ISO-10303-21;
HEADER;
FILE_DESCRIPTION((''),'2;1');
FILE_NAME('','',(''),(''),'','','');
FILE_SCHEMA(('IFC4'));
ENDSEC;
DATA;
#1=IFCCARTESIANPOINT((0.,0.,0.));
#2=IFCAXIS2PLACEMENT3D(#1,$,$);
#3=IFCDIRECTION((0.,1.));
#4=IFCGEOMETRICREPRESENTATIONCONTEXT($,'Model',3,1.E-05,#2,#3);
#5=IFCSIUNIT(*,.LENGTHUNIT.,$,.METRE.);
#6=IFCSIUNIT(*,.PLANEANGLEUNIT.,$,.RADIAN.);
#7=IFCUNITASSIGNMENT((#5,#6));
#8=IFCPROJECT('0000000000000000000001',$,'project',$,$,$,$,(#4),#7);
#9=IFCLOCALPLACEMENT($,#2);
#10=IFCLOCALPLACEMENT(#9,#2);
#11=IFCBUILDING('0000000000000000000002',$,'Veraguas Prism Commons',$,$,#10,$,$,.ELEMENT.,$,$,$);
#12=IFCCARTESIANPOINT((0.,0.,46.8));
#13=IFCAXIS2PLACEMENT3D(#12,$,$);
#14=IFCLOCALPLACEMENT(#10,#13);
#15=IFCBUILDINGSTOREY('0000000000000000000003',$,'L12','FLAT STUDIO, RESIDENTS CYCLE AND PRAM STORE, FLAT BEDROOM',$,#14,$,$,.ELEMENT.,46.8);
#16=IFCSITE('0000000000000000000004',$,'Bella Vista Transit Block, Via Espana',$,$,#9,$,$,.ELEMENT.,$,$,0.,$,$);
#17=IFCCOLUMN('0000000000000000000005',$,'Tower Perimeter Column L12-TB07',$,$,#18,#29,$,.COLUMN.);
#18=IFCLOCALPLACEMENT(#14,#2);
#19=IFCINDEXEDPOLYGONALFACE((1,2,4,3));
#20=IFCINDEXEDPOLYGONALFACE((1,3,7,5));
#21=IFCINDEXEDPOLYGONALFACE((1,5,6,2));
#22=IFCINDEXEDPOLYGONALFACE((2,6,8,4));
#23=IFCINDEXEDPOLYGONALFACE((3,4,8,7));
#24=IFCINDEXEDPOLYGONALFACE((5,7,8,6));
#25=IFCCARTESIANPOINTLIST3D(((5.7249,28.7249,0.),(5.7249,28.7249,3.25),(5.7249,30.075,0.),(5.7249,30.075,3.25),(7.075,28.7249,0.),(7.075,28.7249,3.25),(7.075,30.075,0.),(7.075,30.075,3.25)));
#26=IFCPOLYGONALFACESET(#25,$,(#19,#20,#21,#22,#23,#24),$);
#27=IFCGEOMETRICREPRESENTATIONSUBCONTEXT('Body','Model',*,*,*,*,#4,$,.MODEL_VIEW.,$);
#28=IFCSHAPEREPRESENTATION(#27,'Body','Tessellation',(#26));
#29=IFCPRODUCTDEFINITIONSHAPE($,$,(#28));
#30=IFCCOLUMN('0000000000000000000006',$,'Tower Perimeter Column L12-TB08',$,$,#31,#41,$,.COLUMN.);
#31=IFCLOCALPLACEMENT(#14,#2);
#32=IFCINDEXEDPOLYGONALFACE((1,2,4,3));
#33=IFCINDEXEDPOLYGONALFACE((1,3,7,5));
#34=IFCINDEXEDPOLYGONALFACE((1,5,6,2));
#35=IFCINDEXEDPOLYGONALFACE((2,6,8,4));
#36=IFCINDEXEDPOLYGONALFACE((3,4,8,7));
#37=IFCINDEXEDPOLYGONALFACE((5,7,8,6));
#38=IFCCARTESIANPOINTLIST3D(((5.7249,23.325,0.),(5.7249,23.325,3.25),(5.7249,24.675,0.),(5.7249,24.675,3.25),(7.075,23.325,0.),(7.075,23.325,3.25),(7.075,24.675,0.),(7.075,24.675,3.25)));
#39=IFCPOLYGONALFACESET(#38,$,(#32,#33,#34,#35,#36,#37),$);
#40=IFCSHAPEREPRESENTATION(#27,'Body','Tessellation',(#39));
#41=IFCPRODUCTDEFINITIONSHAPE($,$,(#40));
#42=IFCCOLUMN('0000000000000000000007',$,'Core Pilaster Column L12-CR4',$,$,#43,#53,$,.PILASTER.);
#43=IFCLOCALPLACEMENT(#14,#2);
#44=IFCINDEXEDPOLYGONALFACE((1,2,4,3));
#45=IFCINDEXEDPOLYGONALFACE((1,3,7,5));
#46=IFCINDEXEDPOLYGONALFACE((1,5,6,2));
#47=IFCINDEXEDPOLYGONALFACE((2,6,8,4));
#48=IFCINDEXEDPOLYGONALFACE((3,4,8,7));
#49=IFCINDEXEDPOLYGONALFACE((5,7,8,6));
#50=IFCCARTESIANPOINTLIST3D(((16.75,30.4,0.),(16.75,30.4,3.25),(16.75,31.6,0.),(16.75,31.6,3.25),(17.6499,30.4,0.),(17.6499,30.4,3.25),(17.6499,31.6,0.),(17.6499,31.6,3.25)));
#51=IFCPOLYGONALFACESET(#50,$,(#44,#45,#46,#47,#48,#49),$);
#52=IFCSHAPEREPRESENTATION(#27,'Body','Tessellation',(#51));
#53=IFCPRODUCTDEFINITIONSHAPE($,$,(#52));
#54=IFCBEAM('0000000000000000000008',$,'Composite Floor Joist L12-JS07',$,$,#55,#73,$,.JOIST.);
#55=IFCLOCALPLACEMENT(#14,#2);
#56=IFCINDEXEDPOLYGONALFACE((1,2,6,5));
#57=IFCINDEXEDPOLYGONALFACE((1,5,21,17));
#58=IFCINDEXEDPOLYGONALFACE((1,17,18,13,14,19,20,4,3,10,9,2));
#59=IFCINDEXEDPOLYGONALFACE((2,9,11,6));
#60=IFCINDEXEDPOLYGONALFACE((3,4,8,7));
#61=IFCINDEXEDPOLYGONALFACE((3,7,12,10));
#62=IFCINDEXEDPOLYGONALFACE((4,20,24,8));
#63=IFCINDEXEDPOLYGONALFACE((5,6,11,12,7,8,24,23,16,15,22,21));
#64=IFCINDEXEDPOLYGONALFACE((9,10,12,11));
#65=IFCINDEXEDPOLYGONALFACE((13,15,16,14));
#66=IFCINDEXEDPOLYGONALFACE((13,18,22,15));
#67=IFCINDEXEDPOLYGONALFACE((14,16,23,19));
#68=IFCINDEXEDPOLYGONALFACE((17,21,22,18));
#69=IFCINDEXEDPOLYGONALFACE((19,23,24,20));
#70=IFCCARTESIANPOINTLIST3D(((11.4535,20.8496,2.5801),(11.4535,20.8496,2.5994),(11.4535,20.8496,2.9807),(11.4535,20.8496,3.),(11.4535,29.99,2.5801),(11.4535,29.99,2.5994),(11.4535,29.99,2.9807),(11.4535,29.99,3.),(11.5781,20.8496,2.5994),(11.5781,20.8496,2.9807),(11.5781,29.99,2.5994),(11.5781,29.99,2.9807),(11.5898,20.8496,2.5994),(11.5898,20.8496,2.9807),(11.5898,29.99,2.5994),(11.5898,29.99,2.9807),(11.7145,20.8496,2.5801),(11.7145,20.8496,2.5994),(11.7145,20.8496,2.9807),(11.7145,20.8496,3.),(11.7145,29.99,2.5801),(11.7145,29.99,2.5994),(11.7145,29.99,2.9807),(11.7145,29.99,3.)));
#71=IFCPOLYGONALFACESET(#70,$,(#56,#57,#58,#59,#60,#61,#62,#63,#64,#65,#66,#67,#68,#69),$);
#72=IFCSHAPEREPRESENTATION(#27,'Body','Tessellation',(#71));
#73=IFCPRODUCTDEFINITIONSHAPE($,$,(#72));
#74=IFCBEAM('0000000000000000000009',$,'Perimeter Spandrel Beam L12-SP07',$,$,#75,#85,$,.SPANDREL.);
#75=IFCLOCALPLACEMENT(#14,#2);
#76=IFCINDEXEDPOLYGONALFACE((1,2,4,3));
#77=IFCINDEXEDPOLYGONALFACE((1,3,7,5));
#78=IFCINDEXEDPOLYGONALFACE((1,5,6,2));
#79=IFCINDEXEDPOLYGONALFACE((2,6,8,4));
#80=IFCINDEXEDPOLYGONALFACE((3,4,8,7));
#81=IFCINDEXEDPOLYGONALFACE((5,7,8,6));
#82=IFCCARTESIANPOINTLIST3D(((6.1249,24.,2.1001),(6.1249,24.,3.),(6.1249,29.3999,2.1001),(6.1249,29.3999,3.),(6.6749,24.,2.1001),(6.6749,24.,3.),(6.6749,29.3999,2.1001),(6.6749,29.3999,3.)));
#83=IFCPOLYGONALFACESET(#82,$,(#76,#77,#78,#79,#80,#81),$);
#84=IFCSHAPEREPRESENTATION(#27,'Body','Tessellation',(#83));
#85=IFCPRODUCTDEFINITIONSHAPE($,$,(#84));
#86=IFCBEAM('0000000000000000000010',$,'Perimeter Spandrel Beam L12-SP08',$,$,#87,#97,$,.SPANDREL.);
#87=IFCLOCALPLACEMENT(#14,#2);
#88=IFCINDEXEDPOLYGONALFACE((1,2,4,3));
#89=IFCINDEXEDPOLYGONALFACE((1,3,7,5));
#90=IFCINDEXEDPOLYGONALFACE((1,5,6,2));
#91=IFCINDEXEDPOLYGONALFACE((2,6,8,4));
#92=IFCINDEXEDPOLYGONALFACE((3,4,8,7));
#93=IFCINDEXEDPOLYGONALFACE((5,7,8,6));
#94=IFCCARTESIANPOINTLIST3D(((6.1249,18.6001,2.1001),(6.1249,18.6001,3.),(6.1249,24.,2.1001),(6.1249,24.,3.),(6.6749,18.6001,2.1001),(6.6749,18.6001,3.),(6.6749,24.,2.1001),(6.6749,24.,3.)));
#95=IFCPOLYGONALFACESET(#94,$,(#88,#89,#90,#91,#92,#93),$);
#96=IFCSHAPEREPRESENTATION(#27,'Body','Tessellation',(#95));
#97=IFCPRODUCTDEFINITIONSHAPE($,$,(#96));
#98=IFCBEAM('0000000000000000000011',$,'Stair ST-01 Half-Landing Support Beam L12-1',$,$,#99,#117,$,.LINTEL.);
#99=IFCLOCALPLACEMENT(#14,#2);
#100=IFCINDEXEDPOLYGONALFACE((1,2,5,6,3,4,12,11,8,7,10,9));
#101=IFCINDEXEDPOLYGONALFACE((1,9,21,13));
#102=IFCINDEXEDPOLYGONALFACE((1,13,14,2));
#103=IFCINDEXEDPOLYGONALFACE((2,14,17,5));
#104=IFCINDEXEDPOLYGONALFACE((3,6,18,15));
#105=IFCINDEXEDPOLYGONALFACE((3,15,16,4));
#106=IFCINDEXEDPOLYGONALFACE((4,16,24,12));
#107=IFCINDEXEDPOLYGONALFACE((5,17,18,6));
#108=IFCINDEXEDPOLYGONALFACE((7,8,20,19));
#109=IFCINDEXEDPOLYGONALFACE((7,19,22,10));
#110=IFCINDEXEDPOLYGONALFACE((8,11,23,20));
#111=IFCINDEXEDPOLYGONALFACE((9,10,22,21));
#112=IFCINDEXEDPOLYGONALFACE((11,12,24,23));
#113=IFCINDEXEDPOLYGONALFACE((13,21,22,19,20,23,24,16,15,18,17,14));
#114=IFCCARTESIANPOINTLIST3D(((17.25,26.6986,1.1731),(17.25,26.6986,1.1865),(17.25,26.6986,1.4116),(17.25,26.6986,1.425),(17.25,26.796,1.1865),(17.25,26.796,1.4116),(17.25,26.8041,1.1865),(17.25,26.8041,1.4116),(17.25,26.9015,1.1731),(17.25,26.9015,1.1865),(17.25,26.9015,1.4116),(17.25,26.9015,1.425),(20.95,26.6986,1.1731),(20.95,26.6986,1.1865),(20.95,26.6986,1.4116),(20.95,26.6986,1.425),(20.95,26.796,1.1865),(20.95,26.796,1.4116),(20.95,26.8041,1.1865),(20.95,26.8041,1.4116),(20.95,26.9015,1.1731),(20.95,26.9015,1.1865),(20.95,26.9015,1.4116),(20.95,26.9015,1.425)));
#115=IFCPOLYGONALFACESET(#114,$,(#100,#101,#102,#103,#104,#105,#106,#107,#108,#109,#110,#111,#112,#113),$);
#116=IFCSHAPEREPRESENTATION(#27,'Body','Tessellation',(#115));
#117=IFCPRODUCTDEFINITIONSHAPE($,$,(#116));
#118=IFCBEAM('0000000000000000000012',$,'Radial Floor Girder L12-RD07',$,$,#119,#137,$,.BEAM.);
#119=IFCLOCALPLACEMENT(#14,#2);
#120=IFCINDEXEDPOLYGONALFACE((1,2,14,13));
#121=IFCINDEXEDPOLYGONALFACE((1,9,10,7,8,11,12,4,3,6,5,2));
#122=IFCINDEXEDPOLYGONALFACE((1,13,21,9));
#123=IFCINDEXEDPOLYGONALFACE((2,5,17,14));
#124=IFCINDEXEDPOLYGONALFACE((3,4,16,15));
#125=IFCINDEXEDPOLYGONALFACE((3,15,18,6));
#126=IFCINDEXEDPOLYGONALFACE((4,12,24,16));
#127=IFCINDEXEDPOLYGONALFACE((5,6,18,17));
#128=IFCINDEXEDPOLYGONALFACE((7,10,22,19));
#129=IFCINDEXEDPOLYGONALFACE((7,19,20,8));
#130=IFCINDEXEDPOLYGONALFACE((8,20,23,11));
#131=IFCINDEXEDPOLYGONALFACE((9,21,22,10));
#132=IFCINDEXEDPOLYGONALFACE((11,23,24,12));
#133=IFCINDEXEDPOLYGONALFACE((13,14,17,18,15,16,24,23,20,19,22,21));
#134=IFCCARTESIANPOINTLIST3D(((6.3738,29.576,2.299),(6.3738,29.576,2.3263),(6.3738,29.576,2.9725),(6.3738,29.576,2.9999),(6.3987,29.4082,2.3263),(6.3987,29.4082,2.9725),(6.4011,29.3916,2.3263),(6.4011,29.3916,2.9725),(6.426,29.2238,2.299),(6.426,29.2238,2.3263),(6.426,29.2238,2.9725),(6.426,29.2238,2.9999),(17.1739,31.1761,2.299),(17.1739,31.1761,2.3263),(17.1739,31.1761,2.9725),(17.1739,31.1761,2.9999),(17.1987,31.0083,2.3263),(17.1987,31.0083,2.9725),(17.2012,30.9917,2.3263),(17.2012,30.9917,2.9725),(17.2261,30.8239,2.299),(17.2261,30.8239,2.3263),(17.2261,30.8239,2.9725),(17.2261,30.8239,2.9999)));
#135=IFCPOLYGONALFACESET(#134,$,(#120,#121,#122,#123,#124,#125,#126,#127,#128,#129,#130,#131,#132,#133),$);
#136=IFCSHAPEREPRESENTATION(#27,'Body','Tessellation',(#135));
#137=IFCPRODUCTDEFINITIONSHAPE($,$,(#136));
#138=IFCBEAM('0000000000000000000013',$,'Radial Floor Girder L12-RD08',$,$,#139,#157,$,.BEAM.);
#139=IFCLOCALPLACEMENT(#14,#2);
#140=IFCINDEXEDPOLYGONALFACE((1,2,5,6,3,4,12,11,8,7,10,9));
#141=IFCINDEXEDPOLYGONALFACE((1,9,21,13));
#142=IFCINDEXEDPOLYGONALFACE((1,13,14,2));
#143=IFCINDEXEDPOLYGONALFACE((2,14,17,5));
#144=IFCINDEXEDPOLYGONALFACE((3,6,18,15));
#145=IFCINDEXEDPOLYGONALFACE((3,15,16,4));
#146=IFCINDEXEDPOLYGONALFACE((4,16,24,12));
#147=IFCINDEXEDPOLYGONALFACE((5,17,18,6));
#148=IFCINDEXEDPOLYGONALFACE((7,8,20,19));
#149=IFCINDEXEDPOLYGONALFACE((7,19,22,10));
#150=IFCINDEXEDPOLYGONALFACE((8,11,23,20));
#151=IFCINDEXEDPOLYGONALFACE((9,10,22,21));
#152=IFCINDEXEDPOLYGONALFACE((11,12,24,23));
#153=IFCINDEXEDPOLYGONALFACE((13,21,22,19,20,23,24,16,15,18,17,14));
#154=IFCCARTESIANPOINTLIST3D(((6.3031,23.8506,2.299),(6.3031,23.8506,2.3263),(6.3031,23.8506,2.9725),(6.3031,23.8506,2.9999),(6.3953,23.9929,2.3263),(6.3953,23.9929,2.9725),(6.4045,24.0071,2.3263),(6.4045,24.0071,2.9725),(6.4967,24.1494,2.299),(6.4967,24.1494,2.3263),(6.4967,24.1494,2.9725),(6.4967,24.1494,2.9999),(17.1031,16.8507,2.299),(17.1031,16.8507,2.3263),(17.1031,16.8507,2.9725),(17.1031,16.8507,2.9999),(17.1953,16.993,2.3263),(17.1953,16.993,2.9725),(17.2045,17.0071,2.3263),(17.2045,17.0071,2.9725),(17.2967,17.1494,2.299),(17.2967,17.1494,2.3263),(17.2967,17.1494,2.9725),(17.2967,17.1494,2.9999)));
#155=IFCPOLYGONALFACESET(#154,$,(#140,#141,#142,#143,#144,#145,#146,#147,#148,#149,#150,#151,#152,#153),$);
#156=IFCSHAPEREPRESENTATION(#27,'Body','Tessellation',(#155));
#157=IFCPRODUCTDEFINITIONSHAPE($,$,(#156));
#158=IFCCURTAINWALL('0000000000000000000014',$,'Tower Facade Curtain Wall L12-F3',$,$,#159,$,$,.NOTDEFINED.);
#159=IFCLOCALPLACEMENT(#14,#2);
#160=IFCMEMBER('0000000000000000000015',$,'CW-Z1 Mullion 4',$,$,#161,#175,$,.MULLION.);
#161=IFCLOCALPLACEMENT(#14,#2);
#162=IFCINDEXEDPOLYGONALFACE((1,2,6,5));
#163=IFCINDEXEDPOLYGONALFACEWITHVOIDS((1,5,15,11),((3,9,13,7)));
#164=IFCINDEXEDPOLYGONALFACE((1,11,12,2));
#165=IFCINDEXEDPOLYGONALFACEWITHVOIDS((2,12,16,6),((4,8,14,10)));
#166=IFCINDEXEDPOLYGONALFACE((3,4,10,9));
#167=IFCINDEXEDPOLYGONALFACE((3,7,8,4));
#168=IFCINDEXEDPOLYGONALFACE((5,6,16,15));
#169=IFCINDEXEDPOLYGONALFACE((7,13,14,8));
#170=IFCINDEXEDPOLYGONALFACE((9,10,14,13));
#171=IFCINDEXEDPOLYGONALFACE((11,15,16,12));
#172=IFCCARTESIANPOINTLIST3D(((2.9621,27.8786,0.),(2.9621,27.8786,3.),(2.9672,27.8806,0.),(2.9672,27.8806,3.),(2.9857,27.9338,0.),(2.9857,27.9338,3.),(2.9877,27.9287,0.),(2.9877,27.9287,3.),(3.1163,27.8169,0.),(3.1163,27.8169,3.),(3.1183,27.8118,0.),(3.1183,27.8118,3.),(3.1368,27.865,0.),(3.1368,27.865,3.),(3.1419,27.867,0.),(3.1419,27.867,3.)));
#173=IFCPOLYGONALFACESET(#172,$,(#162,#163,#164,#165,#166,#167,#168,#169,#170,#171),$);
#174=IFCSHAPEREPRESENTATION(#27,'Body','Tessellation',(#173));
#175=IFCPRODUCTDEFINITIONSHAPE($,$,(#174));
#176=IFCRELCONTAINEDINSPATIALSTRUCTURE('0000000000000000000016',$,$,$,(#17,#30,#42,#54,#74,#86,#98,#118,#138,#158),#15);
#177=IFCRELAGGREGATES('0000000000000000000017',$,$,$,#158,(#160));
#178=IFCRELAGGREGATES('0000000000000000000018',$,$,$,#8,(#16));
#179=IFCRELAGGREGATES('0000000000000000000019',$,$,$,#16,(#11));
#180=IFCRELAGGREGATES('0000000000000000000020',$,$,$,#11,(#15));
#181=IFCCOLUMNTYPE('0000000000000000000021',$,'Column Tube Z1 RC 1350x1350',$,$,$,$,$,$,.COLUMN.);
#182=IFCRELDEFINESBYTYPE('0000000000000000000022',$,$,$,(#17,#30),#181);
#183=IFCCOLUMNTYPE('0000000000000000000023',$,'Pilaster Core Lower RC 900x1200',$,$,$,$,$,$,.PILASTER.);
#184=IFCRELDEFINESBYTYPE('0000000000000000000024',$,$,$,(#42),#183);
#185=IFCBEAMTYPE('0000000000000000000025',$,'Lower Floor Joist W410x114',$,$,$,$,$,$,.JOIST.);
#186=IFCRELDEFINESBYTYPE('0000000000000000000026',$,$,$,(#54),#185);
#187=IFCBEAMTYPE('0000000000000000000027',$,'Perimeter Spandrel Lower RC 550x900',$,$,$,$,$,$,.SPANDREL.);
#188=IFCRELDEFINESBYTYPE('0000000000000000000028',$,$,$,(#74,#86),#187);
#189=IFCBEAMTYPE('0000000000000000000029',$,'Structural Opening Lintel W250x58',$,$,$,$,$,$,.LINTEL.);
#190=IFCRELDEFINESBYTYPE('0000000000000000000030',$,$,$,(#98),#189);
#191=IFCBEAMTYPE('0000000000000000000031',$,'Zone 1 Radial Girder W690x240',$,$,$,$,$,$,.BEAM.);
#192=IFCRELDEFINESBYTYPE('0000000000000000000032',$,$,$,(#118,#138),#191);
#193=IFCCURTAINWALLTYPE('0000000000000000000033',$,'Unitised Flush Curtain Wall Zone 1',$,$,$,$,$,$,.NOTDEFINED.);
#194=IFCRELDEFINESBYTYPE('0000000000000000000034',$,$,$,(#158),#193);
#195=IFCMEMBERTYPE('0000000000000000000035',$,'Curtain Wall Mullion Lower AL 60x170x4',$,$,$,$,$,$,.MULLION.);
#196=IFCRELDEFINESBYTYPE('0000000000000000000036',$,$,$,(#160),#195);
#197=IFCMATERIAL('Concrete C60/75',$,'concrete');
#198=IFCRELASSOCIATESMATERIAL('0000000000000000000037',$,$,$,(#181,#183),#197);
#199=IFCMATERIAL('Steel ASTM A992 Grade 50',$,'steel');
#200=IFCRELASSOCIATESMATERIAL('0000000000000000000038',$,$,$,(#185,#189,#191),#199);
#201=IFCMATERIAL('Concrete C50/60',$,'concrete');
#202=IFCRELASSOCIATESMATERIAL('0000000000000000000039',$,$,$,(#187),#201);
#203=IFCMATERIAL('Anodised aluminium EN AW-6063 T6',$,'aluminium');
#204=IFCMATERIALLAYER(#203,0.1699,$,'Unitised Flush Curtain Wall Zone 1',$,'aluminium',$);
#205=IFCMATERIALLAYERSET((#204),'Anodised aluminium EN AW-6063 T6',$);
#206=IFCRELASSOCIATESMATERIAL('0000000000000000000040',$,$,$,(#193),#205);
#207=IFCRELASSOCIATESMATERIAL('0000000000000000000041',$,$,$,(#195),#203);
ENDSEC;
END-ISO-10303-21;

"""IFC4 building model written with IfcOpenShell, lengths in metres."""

from ifc_helpers import new_model, si_unit, direction, frame, origin, origin_2d, place, context, subcontext, project, spatial, rectangle, hollow_rectangle, i_section, extrude, source, transform, mapped, material, layer, layer_set, material_profile, profile_set, type_object, element, aggregate, save


model = new_model("IFC4")

# Units and contexts
model_context = context("Model", 3, precision=1e-05, world=origin(), true_north=direction((0.0, 1.0)))
body_context = subcontext(model_context, "Body", "Model", "MODEL_VIEW")
ifc_project = project(units=[si_unit("LENGTHUNIT", "METRE"), si_unit("PLANEANGLEUNIT", "RADIAN")], contexts=[model_context])

# Site, building, storey
site_placement = place(None, origin())
site = spatial("IfcSite", under=ifc_project, at=site_placement, Name="Bella Vista Transit Block, Via Espana", CompositionType="ELEMENT", RefElevation=0.0)
building_placement = place(site_placement, origin())
building = spatial("IfcBuilding", under=site, at=building_placement, Name="Veraguas Prism Commons", CompositionType="ELEMENT")
storey_placement = place(building_placement, frame((0.0, 0.0, 46.8)))
storey = spatial("IfcBuildingStorey", under=building, at=storey_placement, Name="L12", Description="FLAT STUDIO, RESIDENTS CYCLE AND PRAM STORE, FLAT BEDROOM", CompositionType="ELEMENT", Elevation=46.8)

# Columns
ifc_material_1 = material(Name="Concrete C60/75", Category="concrete")
ifc_material_profile_1 = material_profile(ifc_material_1, rectangle(XDim=1.3501, YDim=1.3501, at=origin_2d()), Name="RC1350X1350")
ifc_profile_set_1 = profile_set([ifc_material_profile_1], Name="Concrete C60/75")
column_type_1 = type_object("IfcColumnType", Name="Column Tube Z1 RC 1350x1350", PredefinedType="COLUMN", material=ifc_profile_set_1)
for number, where, z_axis, x_axis, name in (
    (1, (6.3999, 29.3999, 0.0), (0.0, 0.0, 1.0), (1.0, 0.0, 0.0), "Tower Perimeter Column L12-TB07"),
    (2, (6.3999, 24.0, 0.0), (0.0, 0.0, 1.0), (1.0, 0.0, 0.0), "Tower Perimeter Column L12-TB08"),
):
    element("IfcColumn", number, at=place(storey_placement, frame(where, z_axis=z_axis, x_axis=x_axis)), inside=storey, type_object=column_type_1, Name=name, PredefinedType="COLUMN", context=body_context, shape_type="SweptSolid", body=[
        extrude(rectangle(XDim=1.3501, YDim=1.3501, at=origin_2d()), origin(), (0.0, 0.0, 1.0), 3.25),
    ])
ifc_material_profile_2 = material_profile(ifc_material_1, rectangle(XDim=0.8999, YDim=1.2, at=origin_2d()), Name="RC900X1200")
ifc_profile_set_2 = profile_set([ifc_material_profile_2], Name="Concrete C60/75")
column_type_2 = type_object("IfcColumnType", Name="Pilaster Core Lower RC 900x1200", PredefinedType="PILASTER", material=ifc_profile_set_2)
column_placement = place(storey_placement, frame((17.2, 31.0, 0.0), z_axis=(0.0, 0.0, 1.0), x_axis=(1.0, 0.0, 0.0)))
element("IfcColumn", 3, at=column_placement, inside=storey, type_object=column_type_2, Name="Core Pilaster Column L12-CR4", PredefinedType="PILASTER", context=body_context, shape_type="SweptSolid", body=[
    extrude(rectangle(XDim=0.8999, YDim=1.2, at=origin_2d()), origin(), (0.0, 0.0, 1.0), 3.25),
])

# Beams
ifc_material_2 = material(Name="Steel ASTM A992 Grade 50", Category="steel")
ifc_material_profile_3 = material_profile(ifc_material_2, i_section(OverallWidth=0.261, OverallDepth=0.4199, WebThickness=0.0117, FlangeThickness=0.0193, at=origin_2d()), Name="W410X114")
ifc_profile_set_3 = profile_set([ifc_material_profile_3], Name="Steel ASTM A992 Grade 50")
beam_type_1 = type_object("IfcBeamType", Name="Lower Floor Joist W410x114", PredefinedType="JOIST", material=ifc_profile_set_3)
beam_1_placement = place(storey_placement, frame((11.584, 29.99, 2.79), z_axis=(0.0, -1.0, 0.0), x_axis=(1.0, 0.0, 0.0)))
element("IfcBeam", 4, at=beam_1_placement, inside=storey, type_object=beam_type_1, Name="Composite Floor Joist L12-JS07", PredefinedType="JOIST", context=body_context, shape_type="SweptSolid", body=[
    extrude(i_section(OverallWidth=0.261, OverallDepth=0.4199, WebThickness=0.0117, FlangeThickness=0.0193, at=origin_2d()), origin(), (0.0, 0.0, 1.0), 9.1404),
])
ifc_material_3 = material(Name="Concrete C50/60", Category="concrete")
ifc_material_profile_4 = material_profile(ifc_material_3, rectangle(XDim=0.55, YDim=0.8999, at=origin_2d()), Name="RC550X900")
ifc_profile_set_4 = profile_set([ifc_material_profile_4], Name="Concrete C50/60")
beam_type_2 = type_object("IfcBeamType", Name="Perimeter Spandrel Lower RC 550x900", PredefinedType="SPANDREL", material=ifc_profile_set_4)
for number, where, z_axis, x_axis, name in (
    (5, (6.3999, 29.3999, 2.55), (0.0, -1.0, 0.0), (1.0, 0.0, 0.0), "Perimeter Spandrel Beam L12-SP07"),
    (6, (6.3999, 24.0, 2.55), (0.0, -1.0, 0.0), (1.0, 0.0, 0.0), "Perimeter Spandrel Beam L12-SP08"),
):
    element("IfcBeam", number, at=place(storey_placement, frame(where, z_axis=z_axis, x_axis=x_axis)), inside=storey, type_object=beam_type_2, Name=name, PredefinedType="SPANDREL", context=body_context, shape_type="SweptSolid", body=[
        extrude(rectangle(XDim=0.55, YDim=0.8999, at=origin_2d()), origin(), (0.0, 0.0, 1.0), 5.3999),
    ])
ifc_material_profile_5 = material_profile(ifc_material_2, i_section(OverallWidth=0.2029, OverallDepth=0.252, WebThickness=0.0081, FlangeThickness=0.0134, at=origin_2d()), Name="W250X58")
ifc_profile_set_5 = profile_set([ifc_material_profile_5], Name="Steel ASTM A992 Grade 50")
beam_type_3 = type_object("IfcBeamType", Name="Structural Opening Lintel W250x58", PredefinedType="LINTEL", material=ifc_profile_set_5)
beam_2_placement = place(storey_placement, frame((17.25, 26.8, 1.2991), z_axis=(1.0, 0.0, 0.0), x_axis=(0.0, 1.0, 0.0)))
element("IfcBeam", 7, at=beam_2_placement, inside=storey, type_object=beam_type_3, Name="Stair ST-01 Half-Landing Support Beam L12-1", PredefinedType="LINTEL", context=body_context, shape_type="SweptSolid", body=[
    extrude(i_section(OverallWidth=0.2029, OverallDepth=0.252, WebThickness=0.0081, FlangeThickness=0.0134, at=origin_2d()), origin(), (0.0, 0.0, 1.0), 3.7),
])
ifc_material_profile_6 = material_profile(ifc_material_2, i_section(OverallWidth=0.356, OverallDepth=0.7009, WebThickness=0.0168, FlangeThickness=0.0273, at=origin_2d()), Name="W690X240")
ifc_profile_set_6 = profile_set([ifc_material_profile_6], Name="Steel ASTM A992 Grade 50")
beam_type_4 = type_object("IfcBeamType", Name="Zone 1 Radial Girder W690x240", PredefinedType="BEAM", material=ifc_profile_set_6)
beam_3_placement = place(storey_placement, frame((6.3999, 29.3999, 2.6494), z_axis=(0.989202, 0.146557, 0.0), x_axis=(-0.146557, 0.989202, 0.0)))
element("IfcBeam", 8, at=beam_3_placement, inside=storey, type_object=beam_type_4, Name="Radial Floor Girder L12-RD07", PredefinedType="BEAM", context=body_context, shape_type="SweptSolid", body=[
    extrude(i_section(OverallWidth=0.356, OverallDepth=0.7009, WebThickness=0.0168, FlangeThickness=0.0273, at=origin_2d()), origin(), (0.0, 0.0, 1.0), 10.918),
])
beam_4_placement = place(storey_placement, frame((6.3999, 24.0, 2.6494), z_axis=(0.839154, -0.543894, 0.0), x_axis=(0.543894, 0.839154, 0.0)))
element("IfcBeam", 9, at=beam_4_placement, inside=storey, type_object=beam_type_4, Name="Radial Floor Girder L12-RD08", PredefinedType="BEAM", context=body_context, shape_type="SweptSolid", body=[
    extrude(i_section(OverallWidth=0.356, OverallDepth=0.7009, WebThickness=0.0168, FlangeThickness=0.0273, at=origin_2d()), origin(), (0.0, 0.0, 1.0), 12.8701),
])

# Curtain wall, member
ifc_material_4 = material(Name="Anodised aluminium EN AW-6063 T6", Category="aluminium")
ifc_layer_1 = layer(ifc_material_4, 0.1699, Name="Unitised Flush Curtain Wall Zone 1", Category="aluminium")
ifc_layer_set_1 = layer_set([ifc_layer_1], Name="Anodised aluminium EN AW-6063 T6")
curtain_wall_type = type_object("IfcCurtainWallType", Name="Unitised Flush Curtain Wall Zone 1", PredefinedType="NOTDEFINED", material=ifc_layer_set_1)
curtain_wall_1_placement = place(storey_placement, origin())
curtain_wall_1 = element("IfcCurtainWall", 10, at=curtain_wall_1_placement, inside=storey, type_object=curtain_wall_type, Name="Tower Facade Curtain Wall L12-F3", PredefinedType="NOTDEFINED")
ifc_material_profile_7 = material_profile(ifc_material_4, hollow_rectangle(XDim=0.0601, YDim=0.1699, WallThickness=0.0039, at=origin_2d()), Name="AL60X170X4")
ifc_profile_set_7 = profile_set([ifc_material_profile_7], Name="Anodised aluminium EN AW-6063 T6")
member_type_1 = type_object("IfcMemberType", Name="Curtain Wall Mullion Lower AL 60x170x4", PredefinedType="MULLION", material=ifc_profile_set_7)
shared_shape_1 = source(origin(), body_context, "Body", "SweptSolid", [
    extrude(hollow_rectangle(XDim=0.0601, YDim=0.1699, WallThickness=0.0039, at=origin_2d()), origin(), (0.0, 0.0, 1.0), 3.0),
])
member_1_placement = place(storey_placement, frame((3.052, 27.8728, 0.0), z_axis=(0.0, 0.0, 1.0), x_axis=(-0.392978, -0.919548, 0.0)))
member_1 = element("IfcMember", 11, at=member_1_placement, type_object=member_type_1, Name="CW-Z1 Mullion 4", PredefinedType="MULLION", context=body_context, shape_type="MappedRepresentation", body=[
    mapped(shared_shape_1, transform((0.0, 0.0, 0.0), scale=1.0)),
])

aggregate(curtain_wall_1, [member_1])

save(model, "model.ifc")
